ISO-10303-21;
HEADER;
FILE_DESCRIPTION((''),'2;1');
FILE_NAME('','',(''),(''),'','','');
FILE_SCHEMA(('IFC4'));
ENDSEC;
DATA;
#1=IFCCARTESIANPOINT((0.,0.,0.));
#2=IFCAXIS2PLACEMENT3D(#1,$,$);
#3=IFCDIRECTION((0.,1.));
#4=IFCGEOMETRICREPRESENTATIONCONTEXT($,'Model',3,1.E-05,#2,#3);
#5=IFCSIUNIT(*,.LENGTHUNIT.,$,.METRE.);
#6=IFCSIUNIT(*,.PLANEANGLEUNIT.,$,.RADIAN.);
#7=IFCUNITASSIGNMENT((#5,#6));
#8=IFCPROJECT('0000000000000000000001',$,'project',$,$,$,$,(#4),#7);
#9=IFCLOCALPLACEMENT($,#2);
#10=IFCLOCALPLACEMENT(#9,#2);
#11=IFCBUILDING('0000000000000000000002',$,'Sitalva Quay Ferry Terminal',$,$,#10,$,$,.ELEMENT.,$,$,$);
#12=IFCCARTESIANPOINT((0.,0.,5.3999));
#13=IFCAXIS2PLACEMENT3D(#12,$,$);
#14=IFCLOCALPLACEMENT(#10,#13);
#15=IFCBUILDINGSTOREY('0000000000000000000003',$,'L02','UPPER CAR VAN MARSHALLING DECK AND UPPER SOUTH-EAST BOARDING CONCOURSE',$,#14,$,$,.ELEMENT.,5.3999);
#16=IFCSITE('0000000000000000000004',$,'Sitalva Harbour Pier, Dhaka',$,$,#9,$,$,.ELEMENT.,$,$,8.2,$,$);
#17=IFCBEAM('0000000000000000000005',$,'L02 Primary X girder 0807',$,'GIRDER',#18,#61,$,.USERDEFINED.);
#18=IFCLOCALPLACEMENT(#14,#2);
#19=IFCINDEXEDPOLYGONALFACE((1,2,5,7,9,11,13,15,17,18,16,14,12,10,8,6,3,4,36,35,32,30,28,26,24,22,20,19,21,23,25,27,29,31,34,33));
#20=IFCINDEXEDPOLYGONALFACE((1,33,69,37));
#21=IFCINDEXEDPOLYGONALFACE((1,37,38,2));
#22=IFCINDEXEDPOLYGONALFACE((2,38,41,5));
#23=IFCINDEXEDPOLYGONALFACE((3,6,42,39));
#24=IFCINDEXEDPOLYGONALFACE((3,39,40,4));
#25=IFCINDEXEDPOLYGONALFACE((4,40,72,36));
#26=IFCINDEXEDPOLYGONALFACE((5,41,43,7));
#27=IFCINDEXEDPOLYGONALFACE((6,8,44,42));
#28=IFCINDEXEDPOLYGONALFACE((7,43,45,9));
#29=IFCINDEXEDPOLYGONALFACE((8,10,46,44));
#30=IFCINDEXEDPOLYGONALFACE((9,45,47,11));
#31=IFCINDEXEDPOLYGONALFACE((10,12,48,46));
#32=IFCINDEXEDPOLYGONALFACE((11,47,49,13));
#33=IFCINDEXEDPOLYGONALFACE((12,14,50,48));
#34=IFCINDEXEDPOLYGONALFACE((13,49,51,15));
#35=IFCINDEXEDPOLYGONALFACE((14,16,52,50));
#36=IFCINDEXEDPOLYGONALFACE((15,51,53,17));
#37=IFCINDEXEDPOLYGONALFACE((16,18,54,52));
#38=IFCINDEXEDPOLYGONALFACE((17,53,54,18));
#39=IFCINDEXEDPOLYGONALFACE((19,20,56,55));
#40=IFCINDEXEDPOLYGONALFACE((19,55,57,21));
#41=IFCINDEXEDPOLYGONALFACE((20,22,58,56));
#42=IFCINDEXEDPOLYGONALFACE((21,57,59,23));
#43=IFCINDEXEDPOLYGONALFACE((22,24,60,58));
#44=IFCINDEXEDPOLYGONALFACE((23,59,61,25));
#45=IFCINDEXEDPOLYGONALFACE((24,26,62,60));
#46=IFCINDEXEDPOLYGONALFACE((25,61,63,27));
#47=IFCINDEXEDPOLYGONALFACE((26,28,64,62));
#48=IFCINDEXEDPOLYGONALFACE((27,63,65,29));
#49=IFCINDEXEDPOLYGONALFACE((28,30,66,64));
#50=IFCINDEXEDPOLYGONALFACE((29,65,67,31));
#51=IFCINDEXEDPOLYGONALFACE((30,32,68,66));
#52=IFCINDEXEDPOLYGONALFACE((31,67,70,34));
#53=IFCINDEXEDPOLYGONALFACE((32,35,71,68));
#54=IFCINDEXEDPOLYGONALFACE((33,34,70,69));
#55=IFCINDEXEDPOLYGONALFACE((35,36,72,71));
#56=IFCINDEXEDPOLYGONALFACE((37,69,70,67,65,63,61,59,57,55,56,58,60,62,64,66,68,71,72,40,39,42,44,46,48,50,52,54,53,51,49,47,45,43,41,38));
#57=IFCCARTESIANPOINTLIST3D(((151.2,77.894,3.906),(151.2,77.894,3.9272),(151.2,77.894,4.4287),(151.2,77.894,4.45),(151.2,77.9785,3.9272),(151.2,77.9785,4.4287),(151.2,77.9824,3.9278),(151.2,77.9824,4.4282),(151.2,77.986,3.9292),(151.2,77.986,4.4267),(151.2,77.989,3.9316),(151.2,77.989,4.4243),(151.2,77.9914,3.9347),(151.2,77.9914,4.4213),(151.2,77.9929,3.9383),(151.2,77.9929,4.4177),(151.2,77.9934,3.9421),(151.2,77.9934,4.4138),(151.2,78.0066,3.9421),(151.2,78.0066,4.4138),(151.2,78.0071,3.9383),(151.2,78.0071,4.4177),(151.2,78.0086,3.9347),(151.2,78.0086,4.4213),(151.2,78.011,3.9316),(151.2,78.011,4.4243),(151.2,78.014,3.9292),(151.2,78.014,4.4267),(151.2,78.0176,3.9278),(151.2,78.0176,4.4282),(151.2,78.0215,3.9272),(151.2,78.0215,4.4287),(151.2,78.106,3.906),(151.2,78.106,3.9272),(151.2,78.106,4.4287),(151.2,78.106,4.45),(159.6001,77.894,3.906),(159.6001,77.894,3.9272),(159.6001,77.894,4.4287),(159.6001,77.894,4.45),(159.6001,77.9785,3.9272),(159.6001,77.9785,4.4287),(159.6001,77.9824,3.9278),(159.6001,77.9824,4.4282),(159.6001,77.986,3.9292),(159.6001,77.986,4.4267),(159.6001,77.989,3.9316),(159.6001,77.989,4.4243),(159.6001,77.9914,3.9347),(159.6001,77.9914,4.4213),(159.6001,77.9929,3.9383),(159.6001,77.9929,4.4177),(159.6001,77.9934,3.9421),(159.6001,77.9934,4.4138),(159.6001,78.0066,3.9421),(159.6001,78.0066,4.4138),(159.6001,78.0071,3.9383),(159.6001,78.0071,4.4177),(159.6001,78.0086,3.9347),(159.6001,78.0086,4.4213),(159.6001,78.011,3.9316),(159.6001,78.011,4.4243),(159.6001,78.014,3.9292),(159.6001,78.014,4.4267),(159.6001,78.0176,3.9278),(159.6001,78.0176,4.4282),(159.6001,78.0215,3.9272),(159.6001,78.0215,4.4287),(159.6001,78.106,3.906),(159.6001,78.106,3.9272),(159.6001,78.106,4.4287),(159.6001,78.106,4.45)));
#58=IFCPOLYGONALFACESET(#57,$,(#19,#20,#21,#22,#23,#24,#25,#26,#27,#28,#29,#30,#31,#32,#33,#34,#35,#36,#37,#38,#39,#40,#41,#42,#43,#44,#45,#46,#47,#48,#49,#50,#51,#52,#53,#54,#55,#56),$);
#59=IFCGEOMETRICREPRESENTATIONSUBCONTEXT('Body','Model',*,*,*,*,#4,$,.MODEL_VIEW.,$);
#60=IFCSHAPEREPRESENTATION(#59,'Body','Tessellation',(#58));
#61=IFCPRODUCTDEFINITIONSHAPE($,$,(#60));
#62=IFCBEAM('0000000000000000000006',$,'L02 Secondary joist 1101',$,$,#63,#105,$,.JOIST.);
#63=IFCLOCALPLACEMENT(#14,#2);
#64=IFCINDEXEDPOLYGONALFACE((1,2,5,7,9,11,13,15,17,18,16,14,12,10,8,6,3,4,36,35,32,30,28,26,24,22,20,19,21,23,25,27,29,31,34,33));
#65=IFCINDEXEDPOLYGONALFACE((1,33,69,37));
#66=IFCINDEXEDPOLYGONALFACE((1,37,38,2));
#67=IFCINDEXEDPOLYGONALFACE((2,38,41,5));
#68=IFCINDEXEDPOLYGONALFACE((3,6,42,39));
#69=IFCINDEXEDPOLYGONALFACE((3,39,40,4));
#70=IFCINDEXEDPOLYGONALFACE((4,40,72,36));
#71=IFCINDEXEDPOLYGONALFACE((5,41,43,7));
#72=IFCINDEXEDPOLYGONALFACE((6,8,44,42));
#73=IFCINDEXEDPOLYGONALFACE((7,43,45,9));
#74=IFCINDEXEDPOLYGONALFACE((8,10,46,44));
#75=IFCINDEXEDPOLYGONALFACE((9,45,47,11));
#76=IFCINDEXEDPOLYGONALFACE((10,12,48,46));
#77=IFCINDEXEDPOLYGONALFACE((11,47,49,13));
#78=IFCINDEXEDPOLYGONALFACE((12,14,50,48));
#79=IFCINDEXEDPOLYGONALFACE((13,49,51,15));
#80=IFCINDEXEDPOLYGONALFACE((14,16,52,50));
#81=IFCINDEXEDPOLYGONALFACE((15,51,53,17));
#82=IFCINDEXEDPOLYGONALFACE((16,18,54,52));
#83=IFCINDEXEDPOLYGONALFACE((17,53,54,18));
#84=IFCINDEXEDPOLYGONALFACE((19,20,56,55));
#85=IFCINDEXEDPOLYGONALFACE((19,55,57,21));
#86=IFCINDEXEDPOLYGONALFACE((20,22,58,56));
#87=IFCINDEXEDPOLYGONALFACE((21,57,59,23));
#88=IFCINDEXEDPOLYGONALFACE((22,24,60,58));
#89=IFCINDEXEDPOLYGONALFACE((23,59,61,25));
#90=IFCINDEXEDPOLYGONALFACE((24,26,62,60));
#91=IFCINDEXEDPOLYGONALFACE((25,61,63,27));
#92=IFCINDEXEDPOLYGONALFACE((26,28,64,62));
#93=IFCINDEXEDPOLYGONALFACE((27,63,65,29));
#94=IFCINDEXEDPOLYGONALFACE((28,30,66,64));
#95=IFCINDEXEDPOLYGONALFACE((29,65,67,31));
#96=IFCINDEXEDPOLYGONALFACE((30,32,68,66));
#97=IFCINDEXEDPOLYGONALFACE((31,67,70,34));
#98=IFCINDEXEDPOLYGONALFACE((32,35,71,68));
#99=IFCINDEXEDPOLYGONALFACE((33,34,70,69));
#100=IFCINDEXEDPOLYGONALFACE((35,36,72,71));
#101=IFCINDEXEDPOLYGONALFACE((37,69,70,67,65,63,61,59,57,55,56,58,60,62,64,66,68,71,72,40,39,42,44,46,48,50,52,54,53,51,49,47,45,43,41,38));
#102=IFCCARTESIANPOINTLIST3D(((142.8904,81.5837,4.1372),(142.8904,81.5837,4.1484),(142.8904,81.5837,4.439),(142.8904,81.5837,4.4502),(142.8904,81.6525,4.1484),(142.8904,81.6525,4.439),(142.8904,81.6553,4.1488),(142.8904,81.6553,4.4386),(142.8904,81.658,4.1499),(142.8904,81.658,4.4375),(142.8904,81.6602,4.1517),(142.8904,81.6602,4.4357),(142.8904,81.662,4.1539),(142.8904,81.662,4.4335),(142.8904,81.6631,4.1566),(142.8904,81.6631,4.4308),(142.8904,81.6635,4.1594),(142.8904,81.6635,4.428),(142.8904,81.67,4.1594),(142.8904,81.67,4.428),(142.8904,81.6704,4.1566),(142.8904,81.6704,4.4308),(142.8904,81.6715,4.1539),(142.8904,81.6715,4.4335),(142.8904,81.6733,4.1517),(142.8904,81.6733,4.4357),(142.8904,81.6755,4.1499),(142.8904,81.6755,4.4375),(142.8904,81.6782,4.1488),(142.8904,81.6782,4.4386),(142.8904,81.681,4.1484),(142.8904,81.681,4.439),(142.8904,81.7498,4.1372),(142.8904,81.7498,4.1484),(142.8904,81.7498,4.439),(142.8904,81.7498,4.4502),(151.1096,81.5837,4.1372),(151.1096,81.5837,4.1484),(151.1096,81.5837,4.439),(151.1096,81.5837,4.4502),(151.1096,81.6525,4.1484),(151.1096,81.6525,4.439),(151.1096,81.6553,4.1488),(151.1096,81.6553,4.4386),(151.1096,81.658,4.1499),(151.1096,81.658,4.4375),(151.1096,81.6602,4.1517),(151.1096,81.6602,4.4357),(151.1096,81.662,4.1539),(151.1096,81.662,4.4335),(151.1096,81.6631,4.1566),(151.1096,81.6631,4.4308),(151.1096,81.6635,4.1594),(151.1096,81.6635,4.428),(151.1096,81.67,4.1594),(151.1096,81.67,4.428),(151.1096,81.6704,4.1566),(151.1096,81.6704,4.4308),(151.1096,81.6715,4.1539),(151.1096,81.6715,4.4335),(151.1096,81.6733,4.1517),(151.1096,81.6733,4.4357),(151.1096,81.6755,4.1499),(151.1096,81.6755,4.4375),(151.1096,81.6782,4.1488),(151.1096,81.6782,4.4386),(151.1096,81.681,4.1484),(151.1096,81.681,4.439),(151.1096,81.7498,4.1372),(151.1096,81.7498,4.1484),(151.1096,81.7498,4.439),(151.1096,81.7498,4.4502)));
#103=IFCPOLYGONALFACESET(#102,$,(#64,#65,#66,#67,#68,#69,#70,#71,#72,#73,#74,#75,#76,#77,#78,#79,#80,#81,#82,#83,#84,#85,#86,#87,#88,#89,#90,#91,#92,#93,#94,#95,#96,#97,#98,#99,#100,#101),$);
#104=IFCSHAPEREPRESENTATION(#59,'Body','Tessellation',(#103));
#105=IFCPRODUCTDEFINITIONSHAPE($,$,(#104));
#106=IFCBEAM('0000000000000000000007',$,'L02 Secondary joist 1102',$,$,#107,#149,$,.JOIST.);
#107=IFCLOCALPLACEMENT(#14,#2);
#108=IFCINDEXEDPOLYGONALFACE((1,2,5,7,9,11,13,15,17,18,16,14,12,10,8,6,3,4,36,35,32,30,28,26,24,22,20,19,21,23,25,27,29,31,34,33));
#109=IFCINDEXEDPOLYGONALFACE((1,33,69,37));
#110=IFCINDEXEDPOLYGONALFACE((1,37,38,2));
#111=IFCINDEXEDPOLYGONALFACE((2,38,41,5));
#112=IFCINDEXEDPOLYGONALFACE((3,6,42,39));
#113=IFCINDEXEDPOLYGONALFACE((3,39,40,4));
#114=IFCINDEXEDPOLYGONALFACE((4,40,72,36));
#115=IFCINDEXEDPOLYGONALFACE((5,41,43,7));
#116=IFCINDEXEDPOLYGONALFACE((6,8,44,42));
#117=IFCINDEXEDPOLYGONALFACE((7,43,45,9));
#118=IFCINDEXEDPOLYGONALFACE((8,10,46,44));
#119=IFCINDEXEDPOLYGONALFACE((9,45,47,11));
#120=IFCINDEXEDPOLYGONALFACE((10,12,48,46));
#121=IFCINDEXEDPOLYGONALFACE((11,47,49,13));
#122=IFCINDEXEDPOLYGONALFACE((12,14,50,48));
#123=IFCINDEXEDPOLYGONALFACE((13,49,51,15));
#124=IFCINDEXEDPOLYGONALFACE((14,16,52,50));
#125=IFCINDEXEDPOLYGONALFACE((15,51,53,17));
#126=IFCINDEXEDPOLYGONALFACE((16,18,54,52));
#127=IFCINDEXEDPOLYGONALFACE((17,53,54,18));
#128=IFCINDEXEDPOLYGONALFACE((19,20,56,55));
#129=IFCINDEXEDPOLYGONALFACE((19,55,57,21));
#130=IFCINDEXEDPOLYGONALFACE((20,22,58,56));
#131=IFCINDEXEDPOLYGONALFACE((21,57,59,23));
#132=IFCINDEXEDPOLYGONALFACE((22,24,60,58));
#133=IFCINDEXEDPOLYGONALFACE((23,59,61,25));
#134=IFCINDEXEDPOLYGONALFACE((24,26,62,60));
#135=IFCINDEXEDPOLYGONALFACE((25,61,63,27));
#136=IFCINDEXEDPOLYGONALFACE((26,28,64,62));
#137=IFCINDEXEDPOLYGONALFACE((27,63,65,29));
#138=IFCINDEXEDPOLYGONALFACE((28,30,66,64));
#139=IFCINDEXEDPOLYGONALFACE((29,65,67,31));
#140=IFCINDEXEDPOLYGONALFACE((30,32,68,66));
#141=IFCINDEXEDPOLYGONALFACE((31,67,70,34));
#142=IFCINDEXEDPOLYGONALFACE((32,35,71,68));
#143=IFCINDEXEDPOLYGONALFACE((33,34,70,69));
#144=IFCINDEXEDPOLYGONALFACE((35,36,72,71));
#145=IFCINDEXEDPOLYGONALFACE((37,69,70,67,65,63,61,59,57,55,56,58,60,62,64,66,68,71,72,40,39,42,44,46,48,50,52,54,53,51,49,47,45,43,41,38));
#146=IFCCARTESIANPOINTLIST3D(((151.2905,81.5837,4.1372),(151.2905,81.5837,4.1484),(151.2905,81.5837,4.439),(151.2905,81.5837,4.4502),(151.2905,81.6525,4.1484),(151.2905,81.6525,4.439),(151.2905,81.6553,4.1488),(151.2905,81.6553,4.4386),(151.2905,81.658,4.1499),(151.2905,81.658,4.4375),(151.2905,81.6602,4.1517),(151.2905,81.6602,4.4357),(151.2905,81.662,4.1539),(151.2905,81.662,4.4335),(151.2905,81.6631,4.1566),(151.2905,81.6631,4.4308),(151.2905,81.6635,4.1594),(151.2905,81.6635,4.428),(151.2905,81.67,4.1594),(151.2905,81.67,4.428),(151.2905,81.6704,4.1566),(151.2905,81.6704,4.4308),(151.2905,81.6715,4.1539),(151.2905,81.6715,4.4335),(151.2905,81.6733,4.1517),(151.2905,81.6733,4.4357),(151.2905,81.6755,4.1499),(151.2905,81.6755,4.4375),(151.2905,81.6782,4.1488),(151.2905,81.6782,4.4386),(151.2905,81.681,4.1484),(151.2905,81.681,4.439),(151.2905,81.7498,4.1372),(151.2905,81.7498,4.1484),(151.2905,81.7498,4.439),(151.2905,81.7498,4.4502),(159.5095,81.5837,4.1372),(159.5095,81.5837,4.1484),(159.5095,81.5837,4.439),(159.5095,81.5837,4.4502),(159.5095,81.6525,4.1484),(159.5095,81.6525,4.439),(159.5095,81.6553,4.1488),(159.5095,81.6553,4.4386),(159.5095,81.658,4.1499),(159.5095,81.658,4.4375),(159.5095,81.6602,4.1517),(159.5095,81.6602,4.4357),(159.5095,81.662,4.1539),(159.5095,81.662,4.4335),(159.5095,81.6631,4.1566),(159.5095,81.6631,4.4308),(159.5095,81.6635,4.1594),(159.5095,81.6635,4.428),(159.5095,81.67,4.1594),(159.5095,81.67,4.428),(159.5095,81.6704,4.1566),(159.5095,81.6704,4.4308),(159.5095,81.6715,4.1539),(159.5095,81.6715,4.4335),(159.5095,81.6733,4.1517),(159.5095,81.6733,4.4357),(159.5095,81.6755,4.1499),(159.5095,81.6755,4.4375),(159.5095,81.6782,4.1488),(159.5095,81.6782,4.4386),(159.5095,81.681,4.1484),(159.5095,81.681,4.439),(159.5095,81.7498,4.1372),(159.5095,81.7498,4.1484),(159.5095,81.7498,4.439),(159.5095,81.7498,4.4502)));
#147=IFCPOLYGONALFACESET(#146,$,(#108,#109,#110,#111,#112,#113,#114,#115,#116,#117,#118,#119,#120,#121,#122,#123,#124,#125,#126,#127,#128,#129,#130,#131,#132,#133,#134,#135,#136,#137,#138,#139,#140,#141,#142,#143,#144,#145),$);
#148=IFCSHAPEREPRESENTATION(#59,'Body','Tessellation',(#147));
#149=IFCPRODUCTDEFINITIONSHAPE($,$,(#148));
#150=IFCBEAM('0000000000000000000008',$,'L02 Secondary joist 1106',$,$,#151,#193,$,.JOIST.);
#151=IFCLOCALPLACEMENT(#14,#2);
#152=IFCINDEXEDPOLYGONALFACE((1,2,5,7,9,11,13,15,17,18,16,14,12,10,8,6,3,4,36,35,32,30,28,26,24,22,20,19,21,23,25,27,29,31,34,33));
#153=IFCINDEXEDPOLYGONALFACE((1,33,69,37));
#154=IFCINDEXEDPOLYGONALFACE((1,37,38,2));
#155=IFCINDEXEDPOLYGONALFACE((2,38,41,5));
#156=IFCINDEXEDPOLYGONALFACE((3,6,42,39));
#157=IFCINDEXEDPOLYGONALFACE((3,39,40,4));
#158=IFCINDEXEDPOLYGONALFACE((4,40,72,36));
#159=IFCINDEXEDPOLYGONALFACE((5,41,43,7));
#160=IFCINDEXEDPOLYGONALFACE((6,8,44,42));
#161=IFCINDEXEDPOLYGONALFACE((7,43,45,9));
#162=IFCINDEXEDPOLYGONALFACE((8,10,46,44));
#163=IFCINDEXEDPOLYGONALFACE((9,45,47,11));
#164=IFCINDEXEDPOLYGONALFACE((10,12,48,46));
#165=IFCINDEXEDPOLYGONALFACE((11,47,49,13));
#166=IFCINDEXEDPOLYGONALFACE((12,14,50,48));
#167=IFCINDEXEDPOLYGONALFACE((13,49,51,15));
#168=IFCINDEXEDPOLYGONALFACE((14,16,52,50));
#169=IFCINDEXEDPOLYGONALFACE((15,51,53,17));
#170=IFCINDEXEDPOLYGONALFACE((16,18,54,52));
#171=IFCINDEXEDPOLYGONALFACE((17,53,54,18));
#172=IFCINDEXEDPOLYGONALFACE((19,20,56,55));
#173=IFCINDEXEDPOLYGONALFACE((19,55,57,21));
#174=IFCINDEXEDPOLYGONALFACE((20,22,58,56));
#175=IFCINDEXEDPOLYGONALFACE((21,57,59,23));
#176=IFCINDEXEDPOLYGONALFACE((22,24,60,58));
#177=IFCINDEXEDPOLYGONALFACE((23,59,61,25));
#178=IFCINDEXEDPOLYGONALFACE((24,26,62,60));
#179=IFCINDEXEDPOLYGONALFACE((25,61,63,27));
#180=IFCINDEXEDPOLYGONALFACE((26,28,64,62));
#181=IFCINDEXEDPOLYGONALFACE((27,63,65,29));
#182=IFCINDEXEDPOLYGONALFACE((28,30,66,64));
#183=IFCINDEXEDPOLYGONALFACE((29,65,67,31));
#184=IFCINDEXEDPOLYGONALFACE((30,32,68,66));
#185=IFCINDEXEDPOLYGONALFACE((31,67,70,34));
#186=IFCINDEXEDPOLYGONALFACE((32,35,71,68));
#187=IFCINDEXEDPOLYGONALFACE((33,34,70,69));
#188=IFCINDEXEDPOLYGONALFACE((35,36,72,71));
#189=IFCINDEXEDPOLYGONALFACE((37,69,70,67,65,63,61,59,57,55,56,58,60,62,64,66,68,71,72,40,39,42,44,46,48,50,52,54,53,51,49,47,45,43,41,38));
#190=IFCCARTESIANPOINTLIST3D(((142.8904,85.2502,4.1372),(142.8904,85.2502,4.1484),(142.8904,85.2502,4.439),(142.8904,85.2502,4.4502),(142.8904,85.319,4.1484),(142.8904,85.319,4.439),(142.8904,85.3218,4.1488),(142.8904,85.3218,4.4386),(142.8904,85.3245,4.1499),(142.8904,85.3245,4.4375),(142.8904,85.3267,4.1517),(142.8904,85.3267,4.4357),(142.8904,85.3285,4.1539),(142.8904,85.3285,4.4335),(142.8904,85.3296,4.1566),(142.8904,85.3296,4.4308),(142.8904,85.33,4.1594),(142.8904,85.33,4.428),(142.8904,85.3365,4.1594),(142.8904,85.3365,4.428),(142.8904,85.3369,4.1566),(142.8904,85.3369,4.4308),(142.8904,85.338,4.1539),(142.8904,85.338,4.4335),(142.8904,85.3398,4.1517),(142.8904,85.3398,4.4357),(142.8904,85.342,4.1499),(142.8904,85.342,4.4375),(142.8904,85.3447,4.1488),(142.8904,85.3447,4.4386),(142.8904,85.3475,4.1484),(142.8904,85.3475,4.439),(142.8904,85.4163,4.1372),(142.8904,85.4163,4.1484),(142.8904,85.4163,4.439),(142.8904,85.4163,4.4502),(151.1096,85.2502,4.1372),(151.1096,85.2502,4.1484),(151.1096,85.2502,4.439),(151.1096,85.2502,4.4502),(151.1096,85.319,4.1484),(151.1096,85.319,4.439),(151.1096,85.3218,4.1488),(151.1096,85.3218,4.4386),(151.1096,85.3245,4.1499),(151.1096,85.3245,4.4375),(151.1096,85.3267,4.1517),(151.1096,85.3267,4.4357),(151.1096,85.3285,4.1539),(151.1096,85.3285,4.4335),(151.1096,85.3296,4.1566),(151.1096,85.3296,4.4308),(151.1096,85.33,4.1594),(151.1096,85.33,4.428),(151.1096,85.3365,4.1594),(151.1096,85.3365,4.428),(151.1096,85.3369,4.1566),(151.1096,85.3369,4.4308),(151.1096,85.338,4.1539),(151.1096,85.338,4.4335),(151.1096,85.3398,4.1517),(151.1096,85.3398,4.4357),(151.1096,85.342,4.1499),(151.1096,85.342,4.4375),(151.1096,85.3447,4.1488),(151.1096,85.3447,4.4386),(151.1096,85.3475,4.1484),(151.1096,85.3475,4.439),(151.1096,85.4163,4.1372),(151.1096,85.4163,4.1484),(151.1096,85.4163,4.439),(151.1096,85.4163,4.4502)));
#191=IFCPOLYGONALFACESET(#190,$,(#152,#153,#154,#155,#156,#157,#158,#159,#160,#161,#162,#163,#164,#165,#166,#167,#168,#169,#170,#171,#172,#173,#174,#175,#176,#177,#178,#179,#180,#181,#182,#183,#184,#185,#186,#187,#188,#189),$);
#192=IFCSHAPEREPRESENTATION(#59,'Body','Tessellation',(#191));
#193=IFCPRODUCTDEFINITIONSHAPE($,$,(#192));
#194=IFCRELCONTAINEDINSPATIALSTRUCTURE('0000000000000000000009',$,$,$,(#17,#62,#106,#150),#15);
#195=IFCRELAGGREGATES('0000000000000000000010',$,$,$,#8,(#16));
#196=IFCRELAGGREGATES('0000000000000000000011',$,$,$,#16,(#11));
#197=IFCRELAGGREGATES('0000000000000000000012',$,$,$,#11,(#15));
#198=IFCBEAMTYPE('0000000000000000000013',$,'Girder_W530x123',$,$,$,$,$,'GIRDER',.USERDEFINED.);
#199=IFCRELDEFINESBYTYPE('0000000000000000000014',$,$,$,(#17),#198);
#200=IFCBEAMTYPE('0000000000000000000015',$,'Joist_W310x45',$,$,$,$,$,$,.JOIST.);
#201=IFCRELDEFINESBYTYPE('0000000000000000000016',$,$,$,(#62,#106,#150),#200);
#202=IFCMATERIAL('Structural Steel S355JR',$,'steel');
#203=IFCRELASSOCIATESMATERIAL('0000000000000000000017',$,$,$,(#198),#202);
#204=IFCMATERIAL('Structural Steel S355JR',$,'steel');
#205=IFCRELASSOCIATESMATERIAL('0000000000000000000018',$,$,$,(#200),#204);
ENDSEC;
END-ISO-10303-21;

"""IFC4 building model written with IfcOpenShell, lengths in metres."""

from ifc_helpers import new_model, si_unit, direction, frame, origin, origin_2d, place, context, subcontext, project, spatial, i_section, extrude, material, material_profile, profile_set, type_object, element, save


model = new_model("IFC4")

# Units and contexts
model_context = context("Model", 3, precision=1e-05, world=origin(), true_north=direction((0.0, 1.0)))
body_context = subcontext(model_context, "Body", "Model", "MODEL_VIEW")
ifc_project = project(units=[si_unit("LENGTHUNIT", "METRE"), si_unit("PLANEANGLEUNIT", "RADIAN")], contexts=[model_context])

# Site, building, storey
site_placement = place(None, origin())
site = spatial("IfcSite", under=ifc_project, at=site_placement, Name="Sitalva Harbour Pier, Dhaka", CompositionType="ELEMENT", RefElevation=8.2)
building_placement = place(site_placement, origin())
building = spatial("IfcBuilding", under=site, at=building_placement, Name="Sitalva Quay Ferry Terminal", CompositionType="ELEMENT")
storey_placement = place(building_placement, frame((0.0, 0.0, 5.3999)))
storey = spatial("IfcBuildingStorey", under=building, at=storey_placement, Name="L02", Description="UPPER CAR VAN MARSHALLING DECK AND UPPER SOUTH-EAST BOARDING CONCOURSE", CompositionType="ELEMENT", Elevation=5.3999)

# Beams
ifc_material_1 = material(Name="Structural Steel S355JR", Category="steel")
ifc_material_profile_1 = material_profile(ifc_material_1, i_section(OverallWidth=0.2119, OverallDepth=0.5439, WebThickness=0.0132, FlangeThickness=0.0212, FilletRadius=0.0149, at=origin_2d()), Name="W530x123")
ifc_profile_set_1 = profile_set([ifc_material_profile_1], Name="Structural Steel S355JR")
beam_type_1 = type_object("IfcBeamType", Name="Girder_W530x123", ElementType="GIRDER", PredefinedType="USERDEFINED", material=ifc_profile_set_1)
beam_1_placement = place(storey_placement, frame((151.2, 78.0, 4.178), z_axis=(1.0, 0.0, 0.0), x_axis=(0.0, 1.0, 0.0)))
element("IfcBeam", 1, at=beam_1_placement, inside=storey, type_object=beam_type_1, Name="L02 Primary X girder 0807", ObjectType="GIRDER", PredefinedType="USERDEFINED", context=body_context, shape_type="SweptSolid", body=[
    extrude(i_section(OverallWidth=0.2119, OverallDepth=0.5439, WebThickness=0.0132, FlangeThickness=0.0212, FilletRadius=0.0149, at=origin_2d()), origin(), (0.0, 0.0, 1.0), 8.4001),
])
ifc_material_2 = material(Name="Structural Steel S355JR", Category="steel")
ifc_material_profile_2 = material_profile(ifc_material_2, i_section(OverallWidth=0.166, OverallDepth=0.313, WebThickness=0.0066, FlangeThickness=0.0112, FilletRadius=0.011, at=origin_2d()), Name="W310x45")
ifc_profile_set_2 = profile_set([ifc_material_profile_2], Name="Structural Steel S355JR")
beam_type_2 = type_object("IfcBeamType", Name="Joist_W310x45", PredefinedType="JOIST", material=ifc_profile_set_2)
beam_2_placement = place(storey_placement, frame((142.8904, 81.6667, 4.2937), z_axis=(1.0, 0.0, 0.0), x_axis=(0.0, 1.0, 0.0)))
element("IfcBeam", 2, at=beam_2_placement, inside=storey, type_object=beam_type_2, Name="L02 Secondary joist 1101", PredefinedType="JOIST", context=body_context, shape_type="SweptSolid", body=[
    extrude(i_section(OverallWidth=0.166, OverallDepth=0.313, WebThickness=0.0066, FlangeThickness=0.0112, FilletRadius=0.011, at=origin_2d()), origin(), (0.0, 0.0, 1.0), 8.2192),
])
beam_3_placement = place(storey_placement, frame((151.2905, 81.6667, 4.2937), z_axis=(1.0, 0.0, 0.0), x_axis=(0.0, 1.0, 0.0)))
element("IfcBeam", 3, at=beam_3_placement, inside=storey, type_object=beam_type_2, Name="L02 Secondary joist 1102", PredefinedType="JOIST", context=body_context, shape_type="SweptSolid", body=[
    extrude(i_section(OverallWidth=0.166, OverallDepth=0.313, WebThickness=0.0066, FlangeThickness=0.0112, FilletRadius=0.011, at=origin_2d()), origin(), (0.0, 0.0, 1.0), 8.219),
])
beam_4_placement = place(storey_placement, frame((142.8904, 85.3333, 4.2937), z_axis=(1.0, 0.0, 0.0), x_axis=(0.0, 1.0, 0.0)))
element("IfcBeam", 4, at=beam_4_placement, inside=storey, type_object=beam_type_2, Name="L02 Secondary joist 1106", PredefinedType="JOIST", context=body_context, shape_type="SweptSolid", body=[
    extrude(i_section(OverallWidth=0.166, OverallDepth=0.313, WebThickness=0.0066, FlangeThickness=0.0112, FilletRadius=0.011, at=origin_2d()), origin(), (0.0, 0.0, 1.0), 8.2192),
])

save(model, "model.ifc")
